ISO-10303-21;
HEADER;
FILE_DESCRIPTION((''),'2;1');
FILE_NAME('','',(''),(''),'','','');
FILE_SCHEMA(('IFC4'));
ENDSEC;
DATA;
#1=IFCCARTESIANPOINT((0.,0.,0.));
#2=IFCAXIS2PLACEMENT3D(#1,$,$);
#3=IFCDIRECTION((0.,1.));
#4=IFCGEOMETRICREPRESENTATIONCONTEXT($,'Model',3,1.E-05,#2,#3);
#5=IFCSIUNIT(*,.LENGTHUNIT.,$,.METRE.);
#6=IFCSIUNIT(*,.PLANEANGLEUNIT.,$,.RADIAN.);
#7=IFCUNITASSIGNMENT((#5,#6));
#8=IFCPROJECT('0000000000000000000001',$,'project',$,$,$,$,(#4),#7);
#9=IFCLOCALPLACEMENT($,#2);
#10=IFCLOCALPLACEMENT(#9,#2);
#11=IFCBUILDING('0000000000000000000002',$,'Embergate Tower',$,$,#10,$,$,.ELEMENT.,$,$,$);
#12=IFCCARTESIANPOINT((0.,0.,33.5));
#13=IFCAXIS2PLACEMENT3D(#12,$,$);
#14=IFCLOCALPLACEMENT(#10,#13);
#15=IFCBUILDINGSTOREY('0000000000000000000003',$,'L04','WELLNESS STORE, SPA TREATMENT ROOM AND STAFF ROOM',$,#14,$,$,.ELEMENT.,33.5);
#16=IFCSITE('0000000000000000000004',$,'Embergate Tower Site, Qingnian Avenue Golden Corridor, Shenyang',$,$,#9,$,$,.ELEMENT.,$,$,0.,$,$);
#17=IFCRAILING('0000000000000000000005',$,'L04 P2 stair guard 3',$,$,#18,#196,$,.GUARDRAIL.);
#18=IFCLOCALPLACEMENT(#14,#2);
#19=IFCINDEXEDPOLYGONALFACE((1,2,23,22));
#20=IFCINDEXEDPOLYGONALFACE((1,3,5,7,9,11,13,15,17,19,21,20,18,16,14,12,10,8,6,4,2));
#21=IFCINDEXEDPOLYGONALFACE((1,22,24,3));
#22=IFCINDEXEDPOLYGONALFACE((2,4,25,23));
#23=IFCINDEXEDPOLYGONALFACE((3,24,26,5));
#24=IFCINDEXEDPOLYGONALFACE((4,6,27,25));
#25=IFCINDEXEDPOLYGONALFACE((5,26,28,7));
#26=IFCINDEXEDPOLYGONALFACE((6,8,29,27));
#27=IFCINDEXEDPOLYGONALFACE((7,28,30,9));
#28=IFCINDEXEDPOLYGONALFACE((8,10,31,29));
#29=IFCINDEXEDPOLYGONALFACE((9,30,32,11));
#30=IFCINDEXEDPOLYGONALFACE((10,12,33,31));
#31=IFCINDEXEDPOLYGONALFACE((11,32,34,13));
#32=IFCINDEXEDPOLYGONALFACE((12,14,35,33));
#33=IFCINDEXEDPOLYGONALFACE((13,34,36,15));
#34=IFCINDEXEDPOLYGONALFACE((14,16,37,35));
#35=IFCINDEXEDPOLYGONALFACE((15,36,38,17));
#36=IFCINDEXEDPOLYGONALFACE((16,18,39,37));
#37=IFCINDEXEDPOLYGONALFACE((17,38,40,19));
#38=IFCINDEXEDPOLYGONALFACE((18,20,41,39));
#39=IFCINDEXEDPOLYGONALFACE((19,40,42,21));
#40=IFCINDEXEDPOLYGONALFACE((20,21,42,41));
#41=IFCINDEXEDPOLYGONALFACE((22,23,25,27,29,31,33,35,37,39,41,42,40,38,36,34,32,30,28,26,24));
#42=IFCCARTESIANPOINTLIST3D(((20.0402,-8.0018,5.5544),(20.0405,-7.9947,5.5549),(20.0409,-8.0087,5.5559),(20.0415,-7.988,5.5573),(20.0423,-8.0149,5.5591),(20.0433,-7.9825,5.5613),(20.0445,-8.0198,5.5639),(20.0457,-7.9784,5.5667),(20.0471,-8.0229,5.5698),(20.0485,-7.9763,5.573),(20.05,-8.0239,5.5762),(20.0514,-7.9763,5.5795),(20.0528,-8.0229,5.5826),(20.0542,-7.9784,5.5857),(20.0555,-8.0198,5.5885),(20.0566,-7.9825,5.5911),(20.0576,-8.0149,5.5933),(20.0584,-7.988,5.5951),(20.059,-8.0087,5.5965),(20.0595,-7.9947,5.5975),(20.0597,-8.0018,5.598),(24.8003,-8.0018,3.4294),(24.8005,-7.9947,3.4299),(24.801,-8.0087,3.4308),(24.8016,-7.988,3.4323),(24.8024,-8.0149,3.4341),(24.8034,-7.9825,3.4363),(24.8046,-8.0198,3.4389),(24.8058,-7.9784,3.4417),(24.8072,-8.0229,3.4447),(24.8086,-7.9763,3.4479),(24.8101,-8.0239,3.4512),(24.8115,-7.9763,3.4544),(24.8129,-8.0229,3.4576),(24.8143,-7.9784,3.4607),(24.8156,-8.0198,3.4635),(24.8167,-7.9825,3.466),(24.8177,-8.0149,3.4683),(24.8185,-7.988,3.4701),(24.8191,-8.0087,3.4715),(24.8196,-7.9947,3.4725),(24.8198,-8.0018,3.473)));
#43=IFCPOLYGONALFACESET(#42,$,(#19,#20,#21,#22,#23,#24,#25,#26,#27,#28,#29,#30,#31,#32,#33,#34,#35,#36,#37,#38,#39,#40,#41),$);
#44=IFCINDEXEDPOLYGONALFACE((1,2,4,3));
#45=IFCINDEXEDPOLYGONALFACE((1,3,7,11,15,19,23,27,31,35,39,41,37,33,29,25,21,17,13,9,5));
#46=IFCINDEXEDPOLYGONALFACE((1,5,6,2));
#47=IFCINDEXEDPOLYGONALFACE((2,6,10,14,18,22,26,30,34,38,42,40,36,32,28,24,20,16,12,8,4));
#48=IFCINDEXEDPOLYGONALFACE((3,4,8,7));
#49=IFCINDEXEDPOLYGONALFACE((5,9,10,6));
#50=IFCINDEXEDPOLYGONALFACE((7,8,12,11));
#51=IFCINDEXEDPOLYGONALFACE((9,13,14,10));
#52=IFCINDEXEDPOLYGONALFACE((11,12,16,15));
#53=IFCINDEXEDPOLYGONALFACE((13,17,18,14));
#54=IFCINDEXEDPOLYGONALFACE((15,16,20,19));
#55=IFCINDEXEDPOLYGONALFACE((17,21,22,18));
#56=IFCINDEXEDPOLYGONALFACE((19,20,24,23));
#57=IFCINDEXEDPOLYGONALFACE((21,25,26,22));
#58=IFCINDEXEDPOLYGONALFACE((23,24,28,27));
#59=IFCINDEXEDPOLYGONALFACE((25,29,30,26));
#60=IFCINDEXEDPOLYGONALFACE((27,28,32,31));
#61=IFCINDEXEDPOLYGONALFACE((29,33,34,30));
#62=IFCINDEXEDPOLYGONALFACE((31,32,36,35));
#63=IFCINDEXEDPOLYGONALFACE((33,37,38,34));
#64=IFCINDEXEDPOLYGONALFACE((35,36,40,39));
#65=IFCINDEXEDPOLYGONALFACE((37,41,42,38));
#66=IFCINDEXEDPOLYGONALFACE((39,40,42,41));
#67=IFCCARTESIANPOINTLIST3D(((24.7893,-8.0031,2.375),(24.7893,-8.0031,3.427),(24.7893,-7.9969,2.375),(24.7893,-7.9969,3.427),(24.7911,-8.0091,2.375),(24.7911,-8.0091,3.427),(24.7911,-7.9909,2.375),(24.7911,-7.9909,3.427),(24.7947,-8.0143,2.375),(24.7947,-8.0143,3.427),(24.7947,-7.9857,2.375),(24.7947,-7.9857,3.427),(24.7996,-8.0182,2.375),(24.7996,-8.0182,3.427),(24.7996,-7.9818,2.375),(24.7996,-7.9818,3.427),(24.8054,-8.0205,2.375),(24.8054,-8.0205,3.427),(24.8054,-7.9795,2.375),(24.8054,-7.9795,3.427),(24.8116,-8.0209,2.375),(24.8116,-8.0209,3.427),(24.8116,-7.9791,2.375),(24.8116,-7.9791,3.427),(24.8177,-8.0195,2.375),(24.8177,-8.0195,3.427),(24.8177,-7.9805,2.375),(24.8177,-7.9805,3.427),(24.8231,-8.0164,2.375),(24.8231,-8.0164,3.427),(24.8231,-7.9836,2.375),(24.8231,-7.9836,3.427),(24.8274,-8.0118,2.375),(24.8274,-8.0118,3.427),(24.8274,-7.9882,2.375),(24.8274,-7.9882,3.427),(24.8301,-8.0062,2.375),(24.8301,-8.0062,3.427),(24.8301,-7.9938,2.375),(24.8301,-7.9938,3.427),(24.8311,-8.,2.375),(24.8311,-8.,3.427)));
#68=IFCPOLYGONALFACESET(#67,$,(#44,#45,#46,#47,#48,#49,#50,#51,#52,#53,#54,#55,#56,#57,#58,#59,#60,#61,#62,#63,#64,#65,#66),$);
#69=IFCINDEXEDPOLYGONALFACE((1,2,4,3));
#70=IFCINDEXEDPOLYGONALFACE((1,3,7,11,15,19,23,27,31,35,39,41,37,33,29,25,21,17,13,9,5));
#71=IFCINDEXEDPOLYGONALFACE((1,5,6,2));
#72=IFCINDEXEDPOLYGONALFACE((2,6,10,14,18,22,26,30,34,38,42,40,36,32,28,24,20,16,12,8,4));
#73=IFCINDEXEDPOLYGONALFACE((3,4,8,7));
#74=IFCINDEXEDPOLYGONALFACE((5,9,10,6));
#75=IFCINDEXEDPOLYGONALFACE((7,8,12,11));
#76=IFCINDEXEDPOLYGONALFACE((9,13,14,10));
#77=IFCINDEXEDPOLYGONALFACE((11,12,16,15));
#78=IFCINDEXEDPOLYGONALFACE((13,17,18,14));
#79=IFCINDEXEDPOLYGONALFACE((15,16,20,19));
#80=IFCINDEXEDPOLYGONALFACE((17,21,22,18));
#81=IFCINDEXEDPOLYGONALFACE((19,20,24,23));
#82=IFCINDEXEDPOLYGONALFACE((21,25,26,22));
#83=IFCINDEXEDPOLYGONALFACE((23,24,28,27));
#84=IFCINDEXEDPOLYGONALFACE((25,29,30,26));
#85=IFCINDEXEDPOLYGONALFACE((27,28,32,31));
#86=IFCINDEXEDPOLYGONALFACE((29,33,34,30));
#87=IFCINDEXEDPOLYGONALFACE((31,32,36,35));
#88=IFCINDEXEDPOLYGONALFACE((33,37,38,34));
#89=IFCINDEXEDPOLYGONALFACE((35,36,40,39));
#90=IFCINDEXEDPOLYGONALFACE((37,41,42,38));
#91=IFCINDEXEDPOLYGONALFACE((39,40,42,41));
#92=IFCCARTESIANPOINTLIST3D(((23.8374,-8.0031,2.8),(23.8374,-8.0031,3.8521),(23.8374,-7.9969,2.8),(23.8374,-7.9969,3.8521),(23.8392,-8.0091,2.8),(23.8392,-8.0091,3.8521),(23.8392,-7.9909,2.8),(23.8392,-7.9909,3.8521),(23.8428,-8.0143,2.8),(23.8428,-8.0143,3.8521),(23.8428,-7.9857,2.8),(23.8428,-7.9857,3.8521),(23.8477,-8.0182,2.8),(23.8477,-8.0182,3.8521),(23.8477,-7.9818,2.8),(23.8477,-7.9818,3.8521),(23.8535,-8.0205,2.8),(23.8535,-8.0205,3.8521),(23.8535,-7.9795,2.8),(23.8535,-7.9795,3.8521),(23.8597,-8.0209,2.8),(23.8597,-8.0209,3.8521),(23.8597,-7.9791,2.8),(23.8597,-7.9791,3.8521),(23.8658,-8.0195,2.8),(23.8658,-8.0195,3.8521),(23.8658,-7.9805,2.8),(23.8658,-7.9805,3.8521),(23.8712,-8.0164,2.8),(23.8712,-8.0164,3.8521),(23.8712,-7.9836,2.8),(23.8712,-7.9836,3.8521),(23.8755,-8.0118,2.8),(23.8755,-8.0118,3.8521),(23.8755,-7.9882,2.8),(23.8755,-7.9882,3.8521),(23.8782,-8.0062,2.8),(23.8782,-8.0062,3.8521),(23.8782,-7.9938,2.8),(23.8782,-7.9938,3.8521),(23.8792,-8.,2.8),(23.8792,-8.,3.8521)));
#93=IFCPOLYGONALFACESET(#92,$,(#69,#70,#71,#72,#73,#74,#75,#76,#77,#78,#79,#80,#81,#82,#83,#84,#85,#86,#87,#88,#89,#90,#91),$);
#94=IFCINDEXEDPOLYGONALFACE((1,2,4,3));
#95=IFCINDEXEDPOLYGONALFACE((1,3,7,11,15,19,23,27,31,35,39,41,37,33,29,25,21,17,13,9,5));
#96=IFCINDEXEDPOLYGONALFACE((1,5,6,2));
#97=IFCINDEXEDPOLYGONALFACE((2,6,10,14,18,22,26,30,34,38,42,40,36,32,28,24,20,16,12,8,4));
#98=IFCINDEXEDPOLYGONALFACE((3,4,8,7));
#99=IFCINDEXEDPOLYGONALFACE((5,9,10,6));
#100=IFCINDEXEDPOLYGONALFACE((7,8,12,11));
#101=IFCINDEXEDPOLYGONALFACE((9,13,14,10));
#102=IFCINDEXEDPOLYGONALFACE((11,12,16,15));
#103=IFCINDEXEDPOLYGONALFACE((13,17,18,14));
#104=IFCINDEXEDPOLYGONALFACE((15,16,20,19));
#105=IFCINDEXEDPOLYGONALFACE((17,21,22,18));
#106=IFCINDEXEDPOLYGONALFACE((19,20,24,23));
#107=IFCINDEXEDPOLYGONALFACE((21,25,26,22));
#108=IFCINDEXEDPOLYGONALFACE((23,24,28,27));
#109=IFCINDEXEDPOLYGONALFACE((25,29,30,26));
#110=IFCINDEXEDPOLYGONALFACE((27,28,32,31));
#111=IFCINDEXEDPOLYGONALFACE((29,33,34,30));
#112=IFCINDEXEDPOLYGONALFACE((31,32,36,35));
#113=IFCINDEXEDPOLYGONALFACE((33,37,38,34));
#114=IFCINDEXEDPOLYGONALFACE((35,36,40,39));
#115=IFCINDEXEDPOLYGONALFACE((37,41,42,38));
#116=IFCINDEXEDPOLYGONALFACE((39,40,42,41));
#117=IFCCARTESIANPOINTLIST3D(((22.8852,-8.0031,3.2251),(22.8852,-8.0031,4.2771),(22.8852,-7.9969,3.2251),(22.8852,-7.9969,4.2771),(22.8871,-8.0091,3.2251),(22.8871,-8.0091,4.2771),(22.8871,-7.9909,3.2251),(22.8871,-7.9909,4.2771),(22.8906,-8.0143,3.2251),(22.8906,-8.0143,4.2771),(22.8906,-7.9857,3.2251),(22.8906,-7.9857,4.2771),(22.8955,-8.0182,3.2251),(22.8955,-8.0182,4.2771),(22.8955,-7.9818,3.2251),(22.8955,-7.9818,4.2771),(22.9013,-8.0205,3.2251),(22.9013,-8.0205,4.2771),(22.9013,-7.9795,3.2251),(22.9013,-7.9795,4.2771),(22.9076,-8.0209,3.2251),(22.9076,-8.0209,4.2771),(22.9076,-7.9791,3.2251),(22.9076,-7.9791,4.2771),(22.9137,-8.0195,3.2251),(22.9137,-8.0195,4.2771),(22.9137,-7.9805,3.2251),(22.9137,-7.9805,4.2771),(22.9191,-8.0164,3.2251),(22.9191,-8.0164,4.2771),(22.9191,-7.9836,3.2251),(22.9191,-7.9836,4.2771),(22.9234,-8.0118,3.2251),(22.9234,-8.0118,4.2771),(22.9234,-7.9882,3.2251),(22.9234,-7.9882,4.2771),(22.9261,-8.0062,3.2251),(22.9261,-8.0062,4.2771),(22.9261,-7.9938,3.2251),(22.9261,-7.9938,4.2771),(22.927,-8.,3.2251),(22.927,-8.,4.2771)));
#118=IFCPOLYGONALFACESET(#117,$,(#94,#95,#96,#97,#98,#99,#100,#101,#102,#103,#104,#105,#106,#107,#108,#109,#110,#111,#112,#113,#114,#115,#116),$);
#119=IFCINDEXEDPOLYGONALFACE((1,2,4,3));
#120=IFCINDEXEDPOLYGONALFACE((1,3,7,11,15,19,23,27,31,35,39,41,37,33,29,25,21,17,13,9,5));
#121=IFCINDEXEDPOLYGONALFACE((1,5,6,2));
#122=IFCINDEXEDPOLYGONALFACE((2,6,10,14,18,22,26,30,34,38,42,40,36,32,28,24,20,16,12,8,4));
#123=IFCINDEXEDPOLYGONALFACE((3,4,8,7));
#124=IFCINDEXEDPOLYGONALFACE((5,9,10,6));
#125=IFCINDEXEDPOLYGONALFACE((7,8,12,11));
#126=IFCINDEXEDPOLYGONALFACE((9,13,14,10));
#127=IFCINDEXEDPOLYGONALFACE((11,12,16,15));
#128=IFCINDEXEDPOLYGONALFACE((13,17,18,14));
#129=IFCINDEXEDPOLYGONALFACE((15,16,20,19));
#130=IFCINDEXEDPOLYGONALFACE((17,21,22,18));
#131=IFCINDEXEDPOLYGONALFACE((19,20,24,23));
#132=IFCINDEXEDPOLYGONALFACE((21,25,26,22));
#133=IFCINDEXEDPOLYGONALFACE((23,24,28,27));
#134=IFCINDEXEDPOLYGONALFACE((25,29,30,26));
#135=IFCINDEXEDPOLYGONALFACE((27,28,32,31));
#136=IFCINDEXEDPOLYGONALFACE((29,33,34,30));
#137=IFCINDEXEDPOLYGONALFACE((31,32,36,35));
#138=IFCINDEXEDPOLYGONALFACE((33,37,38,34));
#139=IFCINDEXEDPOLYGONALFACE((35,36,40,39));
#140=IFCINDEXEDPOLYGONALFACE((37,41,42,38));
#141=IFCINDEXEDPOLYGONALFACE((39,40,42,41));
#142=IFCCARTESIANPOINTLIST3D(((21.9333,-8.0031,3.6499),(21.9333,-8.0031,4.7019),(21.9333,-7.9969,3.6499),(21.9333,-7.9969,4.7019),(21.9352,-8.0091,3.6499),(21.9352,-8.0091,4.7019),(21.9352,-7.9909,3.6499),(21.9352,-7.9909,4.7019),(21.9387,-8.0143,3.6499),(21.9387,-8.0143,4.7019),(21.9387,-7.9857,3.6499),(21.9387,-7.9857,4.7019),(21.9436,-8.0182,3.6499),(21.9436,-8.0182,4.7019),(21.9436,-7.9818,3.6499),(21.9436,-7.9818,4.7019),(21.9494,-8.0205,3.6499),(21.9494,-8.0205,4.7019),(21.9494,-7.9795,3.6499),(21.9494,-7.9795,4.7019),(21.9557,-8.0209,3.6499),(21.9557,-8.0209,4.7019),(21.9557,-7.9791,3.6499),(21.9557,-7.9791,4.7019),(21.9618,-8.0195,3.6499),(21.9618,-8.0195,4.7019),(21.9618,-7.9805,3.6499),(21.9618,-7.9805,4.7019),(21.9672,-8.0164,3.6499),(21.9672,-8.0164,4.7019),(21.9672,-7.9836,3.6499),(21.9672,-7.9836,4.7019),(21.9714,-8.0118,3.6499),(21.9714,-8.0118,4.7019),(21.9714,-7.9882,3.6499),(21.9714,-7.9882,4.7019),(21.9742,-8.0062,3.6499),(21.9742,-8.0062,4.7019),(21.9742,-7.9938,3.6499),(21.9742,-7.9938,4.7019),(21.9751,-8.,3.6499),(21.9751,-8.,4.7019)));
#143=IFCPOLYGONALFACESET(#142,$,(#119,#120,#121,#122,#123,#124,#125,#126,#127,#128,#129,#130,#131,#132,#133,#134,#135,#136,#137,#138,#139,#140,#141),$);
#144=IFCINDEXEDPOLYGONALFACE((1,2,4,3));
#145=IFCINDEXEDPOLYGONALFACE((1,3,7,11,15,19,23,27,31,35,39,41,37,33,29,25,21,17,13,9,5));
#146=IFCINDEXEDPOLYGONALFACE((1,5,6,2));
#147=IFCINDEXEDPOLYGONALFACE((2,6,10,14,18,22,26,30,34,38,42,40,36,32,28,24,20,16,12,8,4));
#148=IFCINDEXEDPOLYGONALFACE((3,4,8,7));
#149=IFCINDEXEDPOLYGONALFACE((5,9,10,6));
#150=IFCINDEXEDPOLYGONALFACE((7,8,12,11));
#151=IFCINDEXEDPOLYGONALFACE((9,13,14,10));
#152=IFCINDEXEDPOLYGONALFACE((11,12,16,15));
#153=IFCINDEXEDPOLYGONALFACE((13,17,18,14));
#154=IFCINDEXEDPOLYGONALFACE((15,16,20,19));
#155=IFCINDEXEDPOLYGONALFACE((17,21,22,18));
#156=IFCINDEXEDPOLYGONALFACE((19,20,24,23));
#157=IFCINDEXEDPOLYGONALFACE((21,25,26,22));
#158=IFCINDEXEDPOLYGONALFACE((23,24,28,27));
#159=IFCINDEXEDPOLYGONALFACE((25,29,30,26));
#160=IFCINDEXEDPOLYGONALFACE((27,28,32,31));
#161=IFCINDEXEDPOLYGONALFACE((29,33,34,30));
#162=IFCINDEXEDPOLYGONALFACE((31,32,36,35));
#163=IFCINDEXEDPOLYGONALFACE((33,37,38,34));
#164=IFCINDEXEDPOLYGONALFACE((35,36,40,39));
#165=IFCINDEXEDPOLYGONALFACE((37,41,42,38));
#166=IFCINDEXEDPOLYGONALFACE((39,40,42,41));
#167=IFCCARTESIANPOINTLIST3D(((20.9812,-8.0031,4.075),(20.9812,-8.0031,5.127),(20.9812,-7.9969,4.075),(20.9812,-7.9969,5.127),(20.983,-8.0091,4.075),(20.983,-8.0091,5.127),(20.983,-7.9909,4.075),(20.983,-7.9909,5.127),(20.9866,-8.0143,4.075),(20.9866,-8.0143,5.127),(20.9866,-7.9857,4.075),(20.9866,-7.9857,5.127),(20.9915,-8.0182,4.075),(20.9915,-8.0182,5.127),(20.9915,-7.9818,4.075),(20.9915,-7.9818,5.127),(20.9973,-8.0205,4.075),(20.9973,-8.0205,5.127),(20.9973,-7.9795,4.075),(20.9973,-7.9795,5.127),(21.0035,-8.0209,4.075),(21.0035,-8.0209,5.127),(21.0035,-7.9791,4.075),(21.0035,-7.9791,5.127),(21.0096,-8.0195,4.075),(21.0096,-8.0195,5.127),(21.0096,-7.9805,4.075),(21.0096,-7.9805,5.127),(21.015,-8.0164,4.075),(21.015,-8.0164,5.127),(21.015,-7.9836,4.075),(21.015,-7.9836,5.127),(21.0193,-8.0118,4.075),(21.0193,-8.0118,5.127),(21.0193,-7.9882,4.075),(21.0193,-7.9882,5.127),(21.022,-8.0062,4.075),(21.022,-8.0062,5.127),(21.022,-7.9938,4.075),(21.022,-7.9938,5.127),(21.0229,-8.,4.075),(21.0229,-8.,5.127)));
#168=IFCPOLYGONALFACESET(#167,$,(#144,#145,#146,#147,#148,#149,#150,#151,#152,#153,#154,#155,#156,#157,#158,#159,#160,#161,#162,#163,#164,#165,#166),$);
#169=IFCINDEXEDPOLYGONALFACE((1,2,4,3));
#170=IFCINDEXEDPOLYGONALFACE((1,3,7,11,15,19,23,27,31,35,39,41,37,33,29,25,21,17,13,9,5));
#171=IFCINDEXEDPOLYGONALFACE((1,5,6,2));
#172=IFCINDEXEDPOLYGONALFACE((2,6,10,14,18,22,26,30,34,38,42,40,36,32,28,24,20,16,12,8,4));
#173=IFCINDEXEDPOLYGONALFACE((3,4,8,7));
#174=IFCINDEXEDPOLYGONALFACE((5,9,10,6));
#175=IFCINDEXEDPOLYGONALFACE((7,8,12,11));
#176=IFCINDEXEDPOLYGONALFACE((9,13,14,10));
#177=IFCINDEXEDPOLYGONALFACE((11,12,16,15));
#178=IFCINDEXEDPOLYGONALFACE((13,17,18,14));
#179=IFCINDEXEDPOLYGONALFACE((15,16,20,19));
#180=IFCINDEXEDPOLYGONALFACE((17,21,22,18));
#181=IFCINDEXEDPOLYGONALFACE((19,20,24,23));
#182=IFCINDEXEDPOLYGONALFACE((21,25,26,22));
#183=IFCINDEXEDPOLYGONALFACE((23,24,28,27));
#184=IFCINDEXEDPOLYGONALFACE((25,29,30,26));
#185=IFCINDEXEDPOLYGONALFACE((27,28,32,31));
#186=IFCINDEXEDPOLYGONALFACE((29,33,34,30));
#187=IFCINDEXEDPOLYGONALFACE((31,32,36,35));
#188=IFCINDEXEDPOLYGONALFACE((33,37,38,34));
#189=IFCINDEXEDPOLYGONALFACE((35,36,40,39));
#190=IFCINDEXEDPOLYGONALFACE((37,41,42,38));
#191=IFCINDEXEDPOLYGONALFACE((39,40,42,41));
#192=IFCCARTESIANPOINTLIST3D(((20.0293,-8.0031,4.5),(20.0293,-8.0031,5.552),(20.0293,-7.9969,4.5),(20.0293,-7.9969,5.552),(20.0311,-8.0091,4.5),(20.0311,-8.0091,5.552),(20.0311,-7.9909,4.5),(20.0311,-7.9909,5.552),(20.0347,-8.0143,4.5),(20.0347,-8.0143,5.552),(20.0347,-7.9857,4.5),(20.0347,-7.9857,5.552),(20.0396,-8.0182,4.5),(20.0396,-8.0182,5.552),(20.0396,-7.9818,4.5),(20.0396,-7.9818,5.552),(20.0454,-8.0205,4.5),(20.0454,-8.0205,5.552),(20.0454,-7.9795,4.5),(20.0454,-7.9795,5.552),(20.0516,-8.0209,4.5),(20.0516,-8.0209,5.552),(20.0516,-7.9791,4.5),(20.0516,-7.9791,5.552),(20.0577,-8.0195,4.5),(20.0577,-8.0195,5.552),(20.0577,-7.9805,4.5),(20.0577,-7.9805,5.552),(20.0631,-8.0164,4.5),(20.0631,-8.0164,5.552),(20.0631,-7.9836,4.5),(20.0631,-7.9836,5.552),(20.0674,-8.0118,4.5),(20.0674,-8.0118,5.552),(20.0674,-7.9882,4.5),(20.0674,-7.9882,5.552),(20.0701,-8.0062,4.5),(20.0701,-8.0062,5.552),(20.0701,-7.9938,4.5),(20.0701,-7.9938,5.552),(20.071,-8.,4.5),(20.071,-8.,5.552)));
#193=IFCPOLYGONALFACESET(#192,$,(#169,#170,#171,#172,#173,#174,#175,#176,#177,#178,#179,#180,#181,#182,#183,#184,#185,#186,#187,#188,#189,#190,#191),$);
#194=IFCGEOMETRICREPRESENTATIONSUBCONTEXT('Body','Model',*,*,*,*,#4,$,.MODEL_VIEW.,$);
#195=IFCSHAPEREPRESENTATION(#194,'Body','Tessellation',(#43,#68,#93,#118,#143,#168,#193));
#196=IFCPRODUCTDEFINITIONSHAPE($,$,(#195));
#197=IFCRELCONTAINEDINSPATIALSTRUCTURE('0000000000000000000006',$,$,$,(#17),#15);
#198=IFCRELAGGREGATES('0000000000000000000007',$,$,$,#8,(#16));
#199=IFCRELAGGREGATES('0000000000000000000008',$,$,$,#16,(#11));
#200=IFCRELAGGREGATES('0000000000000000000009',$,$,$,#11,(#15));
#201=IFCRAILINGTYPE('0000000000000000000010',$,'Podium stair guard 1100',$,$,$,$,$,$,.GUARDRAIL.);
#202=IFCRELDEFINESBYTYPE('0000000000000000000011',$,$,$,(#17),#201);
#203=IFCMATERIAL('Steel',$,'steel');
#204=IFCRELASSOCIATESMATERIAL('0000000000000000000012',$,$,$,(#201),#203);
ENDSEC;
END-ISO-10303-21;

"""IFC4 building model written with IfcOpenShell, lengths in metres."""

from ifc_helpers import new_model, si_unit, direction, frame, origin, origin_2d, place, context, subcontext, project, spatial, circle, extrude, source, transform, mapped, material, type_object, element, save


model = new_model("IFC4")

# Units and contexts
model_context = context("Model", 3, precision=1e-05, world=origin(), true_north=direction((0.0, 1.0)))
body_context = subcontext(model_context, "Body", "Model", "MODEL_VIEW")
ifc_project = project(units=[si_unit("LENGTHUNIT", "METRE"), si_unit("PLANEANGLEUNIT", "RADIAN")], contexts=[model_context])

# Site, building, storey
site_placement = place(None, origin())
site = spatial("IfcSite", under=ifc_project, at=site_placement, Name="Embergate Tower Site, Qingnian Avenue Golden Corridor, Shenyang", CompositionType="ELEMENT", RefElevation=0.0)
building_placement = place(site_placement, origin())
building = spatial("IfcBuilding", under=site, at=building_placement, Name="Embergate Tower", CompositionType="ELEMENT")
storey_placement = place(building_placement, frame((0.0, 0.0, 33.5)))
storey = spatial("IfcBuildingStorey", under=building, at=storey_placement, Name="L04", Description="WELLNESS STORE, SPA TREATMENT ROOM AND STAFF ROOM", CompositionType="ELEMENT", Elevation=33.5)

# Railing
ifc_material_1 = material(Name="Steel", Category="steel")
railing_type_1 = type_object("IfcRailingType", Name="Podium stair guard 1100", PredefinedType="GUARDRAIL", material=ifc_material_1)
shared_shape_1 = source(origin(), body_context, "Body", "SweptSolid", [
    extrude(circle(Radius=0.0239, at=origin_2d()), frame((0.0, 0.0, 1.0762), z_axis=(-0.913138, 0.0, 0.40765), x_axis=(0.0, -1.0, 0.0)), (0.0, 0.0, 1.0), 5.2129),
    extrude(circle(Radius=0.021, at=origin_2d()), origin(), (0.0, 0.0, 1.0), 1.052),
    extrude(circle(Radius=0.021, at=origin_2d()), frame((-0.9519, 0.0, 0.425)), (0.0, 0.0, 1.0), 1.052),
    extrude(circle(Radius=0.021, at=origin_2d()), frame((-1.9041, 0.0, 0.8501)), (0.0, 0.0, 1.0), 1.052),
    extrude(circle(Radius=0.021, at=origin_2d()), frame((-2.856, 0.0, 1.2749)), (0.0, 0.0, 1.0), 1.052),
    extrude(circle(Radius=0.021, at=origin_2d()), frame((-3.8081, 0.0, 1.7)), (0.0, 0.0, 1.0), 1.052),
    extrude(circle(Radius=0.021, at=origin_2d()), frame((-4.76, 0.0, 2.125)), (0.0, 0.0, 1.0), 1.052),
])
railing_1_placement = place(storey_placement, frame((24.8101, -8.0, 2.375)))
element("IfcRailing", 1, at=railing_1_placement, inside=storey, type_object=railing_type_1, Name="L04 P2 stair guard 3", PredefinedType="GUARDRAIL", context=body_context, shape_type="MappedRepresentation", body=[
    mapped(shared_shape_1, transform((0.0, 0.0, 0.0))),
])

save(model, "model.ifc")
